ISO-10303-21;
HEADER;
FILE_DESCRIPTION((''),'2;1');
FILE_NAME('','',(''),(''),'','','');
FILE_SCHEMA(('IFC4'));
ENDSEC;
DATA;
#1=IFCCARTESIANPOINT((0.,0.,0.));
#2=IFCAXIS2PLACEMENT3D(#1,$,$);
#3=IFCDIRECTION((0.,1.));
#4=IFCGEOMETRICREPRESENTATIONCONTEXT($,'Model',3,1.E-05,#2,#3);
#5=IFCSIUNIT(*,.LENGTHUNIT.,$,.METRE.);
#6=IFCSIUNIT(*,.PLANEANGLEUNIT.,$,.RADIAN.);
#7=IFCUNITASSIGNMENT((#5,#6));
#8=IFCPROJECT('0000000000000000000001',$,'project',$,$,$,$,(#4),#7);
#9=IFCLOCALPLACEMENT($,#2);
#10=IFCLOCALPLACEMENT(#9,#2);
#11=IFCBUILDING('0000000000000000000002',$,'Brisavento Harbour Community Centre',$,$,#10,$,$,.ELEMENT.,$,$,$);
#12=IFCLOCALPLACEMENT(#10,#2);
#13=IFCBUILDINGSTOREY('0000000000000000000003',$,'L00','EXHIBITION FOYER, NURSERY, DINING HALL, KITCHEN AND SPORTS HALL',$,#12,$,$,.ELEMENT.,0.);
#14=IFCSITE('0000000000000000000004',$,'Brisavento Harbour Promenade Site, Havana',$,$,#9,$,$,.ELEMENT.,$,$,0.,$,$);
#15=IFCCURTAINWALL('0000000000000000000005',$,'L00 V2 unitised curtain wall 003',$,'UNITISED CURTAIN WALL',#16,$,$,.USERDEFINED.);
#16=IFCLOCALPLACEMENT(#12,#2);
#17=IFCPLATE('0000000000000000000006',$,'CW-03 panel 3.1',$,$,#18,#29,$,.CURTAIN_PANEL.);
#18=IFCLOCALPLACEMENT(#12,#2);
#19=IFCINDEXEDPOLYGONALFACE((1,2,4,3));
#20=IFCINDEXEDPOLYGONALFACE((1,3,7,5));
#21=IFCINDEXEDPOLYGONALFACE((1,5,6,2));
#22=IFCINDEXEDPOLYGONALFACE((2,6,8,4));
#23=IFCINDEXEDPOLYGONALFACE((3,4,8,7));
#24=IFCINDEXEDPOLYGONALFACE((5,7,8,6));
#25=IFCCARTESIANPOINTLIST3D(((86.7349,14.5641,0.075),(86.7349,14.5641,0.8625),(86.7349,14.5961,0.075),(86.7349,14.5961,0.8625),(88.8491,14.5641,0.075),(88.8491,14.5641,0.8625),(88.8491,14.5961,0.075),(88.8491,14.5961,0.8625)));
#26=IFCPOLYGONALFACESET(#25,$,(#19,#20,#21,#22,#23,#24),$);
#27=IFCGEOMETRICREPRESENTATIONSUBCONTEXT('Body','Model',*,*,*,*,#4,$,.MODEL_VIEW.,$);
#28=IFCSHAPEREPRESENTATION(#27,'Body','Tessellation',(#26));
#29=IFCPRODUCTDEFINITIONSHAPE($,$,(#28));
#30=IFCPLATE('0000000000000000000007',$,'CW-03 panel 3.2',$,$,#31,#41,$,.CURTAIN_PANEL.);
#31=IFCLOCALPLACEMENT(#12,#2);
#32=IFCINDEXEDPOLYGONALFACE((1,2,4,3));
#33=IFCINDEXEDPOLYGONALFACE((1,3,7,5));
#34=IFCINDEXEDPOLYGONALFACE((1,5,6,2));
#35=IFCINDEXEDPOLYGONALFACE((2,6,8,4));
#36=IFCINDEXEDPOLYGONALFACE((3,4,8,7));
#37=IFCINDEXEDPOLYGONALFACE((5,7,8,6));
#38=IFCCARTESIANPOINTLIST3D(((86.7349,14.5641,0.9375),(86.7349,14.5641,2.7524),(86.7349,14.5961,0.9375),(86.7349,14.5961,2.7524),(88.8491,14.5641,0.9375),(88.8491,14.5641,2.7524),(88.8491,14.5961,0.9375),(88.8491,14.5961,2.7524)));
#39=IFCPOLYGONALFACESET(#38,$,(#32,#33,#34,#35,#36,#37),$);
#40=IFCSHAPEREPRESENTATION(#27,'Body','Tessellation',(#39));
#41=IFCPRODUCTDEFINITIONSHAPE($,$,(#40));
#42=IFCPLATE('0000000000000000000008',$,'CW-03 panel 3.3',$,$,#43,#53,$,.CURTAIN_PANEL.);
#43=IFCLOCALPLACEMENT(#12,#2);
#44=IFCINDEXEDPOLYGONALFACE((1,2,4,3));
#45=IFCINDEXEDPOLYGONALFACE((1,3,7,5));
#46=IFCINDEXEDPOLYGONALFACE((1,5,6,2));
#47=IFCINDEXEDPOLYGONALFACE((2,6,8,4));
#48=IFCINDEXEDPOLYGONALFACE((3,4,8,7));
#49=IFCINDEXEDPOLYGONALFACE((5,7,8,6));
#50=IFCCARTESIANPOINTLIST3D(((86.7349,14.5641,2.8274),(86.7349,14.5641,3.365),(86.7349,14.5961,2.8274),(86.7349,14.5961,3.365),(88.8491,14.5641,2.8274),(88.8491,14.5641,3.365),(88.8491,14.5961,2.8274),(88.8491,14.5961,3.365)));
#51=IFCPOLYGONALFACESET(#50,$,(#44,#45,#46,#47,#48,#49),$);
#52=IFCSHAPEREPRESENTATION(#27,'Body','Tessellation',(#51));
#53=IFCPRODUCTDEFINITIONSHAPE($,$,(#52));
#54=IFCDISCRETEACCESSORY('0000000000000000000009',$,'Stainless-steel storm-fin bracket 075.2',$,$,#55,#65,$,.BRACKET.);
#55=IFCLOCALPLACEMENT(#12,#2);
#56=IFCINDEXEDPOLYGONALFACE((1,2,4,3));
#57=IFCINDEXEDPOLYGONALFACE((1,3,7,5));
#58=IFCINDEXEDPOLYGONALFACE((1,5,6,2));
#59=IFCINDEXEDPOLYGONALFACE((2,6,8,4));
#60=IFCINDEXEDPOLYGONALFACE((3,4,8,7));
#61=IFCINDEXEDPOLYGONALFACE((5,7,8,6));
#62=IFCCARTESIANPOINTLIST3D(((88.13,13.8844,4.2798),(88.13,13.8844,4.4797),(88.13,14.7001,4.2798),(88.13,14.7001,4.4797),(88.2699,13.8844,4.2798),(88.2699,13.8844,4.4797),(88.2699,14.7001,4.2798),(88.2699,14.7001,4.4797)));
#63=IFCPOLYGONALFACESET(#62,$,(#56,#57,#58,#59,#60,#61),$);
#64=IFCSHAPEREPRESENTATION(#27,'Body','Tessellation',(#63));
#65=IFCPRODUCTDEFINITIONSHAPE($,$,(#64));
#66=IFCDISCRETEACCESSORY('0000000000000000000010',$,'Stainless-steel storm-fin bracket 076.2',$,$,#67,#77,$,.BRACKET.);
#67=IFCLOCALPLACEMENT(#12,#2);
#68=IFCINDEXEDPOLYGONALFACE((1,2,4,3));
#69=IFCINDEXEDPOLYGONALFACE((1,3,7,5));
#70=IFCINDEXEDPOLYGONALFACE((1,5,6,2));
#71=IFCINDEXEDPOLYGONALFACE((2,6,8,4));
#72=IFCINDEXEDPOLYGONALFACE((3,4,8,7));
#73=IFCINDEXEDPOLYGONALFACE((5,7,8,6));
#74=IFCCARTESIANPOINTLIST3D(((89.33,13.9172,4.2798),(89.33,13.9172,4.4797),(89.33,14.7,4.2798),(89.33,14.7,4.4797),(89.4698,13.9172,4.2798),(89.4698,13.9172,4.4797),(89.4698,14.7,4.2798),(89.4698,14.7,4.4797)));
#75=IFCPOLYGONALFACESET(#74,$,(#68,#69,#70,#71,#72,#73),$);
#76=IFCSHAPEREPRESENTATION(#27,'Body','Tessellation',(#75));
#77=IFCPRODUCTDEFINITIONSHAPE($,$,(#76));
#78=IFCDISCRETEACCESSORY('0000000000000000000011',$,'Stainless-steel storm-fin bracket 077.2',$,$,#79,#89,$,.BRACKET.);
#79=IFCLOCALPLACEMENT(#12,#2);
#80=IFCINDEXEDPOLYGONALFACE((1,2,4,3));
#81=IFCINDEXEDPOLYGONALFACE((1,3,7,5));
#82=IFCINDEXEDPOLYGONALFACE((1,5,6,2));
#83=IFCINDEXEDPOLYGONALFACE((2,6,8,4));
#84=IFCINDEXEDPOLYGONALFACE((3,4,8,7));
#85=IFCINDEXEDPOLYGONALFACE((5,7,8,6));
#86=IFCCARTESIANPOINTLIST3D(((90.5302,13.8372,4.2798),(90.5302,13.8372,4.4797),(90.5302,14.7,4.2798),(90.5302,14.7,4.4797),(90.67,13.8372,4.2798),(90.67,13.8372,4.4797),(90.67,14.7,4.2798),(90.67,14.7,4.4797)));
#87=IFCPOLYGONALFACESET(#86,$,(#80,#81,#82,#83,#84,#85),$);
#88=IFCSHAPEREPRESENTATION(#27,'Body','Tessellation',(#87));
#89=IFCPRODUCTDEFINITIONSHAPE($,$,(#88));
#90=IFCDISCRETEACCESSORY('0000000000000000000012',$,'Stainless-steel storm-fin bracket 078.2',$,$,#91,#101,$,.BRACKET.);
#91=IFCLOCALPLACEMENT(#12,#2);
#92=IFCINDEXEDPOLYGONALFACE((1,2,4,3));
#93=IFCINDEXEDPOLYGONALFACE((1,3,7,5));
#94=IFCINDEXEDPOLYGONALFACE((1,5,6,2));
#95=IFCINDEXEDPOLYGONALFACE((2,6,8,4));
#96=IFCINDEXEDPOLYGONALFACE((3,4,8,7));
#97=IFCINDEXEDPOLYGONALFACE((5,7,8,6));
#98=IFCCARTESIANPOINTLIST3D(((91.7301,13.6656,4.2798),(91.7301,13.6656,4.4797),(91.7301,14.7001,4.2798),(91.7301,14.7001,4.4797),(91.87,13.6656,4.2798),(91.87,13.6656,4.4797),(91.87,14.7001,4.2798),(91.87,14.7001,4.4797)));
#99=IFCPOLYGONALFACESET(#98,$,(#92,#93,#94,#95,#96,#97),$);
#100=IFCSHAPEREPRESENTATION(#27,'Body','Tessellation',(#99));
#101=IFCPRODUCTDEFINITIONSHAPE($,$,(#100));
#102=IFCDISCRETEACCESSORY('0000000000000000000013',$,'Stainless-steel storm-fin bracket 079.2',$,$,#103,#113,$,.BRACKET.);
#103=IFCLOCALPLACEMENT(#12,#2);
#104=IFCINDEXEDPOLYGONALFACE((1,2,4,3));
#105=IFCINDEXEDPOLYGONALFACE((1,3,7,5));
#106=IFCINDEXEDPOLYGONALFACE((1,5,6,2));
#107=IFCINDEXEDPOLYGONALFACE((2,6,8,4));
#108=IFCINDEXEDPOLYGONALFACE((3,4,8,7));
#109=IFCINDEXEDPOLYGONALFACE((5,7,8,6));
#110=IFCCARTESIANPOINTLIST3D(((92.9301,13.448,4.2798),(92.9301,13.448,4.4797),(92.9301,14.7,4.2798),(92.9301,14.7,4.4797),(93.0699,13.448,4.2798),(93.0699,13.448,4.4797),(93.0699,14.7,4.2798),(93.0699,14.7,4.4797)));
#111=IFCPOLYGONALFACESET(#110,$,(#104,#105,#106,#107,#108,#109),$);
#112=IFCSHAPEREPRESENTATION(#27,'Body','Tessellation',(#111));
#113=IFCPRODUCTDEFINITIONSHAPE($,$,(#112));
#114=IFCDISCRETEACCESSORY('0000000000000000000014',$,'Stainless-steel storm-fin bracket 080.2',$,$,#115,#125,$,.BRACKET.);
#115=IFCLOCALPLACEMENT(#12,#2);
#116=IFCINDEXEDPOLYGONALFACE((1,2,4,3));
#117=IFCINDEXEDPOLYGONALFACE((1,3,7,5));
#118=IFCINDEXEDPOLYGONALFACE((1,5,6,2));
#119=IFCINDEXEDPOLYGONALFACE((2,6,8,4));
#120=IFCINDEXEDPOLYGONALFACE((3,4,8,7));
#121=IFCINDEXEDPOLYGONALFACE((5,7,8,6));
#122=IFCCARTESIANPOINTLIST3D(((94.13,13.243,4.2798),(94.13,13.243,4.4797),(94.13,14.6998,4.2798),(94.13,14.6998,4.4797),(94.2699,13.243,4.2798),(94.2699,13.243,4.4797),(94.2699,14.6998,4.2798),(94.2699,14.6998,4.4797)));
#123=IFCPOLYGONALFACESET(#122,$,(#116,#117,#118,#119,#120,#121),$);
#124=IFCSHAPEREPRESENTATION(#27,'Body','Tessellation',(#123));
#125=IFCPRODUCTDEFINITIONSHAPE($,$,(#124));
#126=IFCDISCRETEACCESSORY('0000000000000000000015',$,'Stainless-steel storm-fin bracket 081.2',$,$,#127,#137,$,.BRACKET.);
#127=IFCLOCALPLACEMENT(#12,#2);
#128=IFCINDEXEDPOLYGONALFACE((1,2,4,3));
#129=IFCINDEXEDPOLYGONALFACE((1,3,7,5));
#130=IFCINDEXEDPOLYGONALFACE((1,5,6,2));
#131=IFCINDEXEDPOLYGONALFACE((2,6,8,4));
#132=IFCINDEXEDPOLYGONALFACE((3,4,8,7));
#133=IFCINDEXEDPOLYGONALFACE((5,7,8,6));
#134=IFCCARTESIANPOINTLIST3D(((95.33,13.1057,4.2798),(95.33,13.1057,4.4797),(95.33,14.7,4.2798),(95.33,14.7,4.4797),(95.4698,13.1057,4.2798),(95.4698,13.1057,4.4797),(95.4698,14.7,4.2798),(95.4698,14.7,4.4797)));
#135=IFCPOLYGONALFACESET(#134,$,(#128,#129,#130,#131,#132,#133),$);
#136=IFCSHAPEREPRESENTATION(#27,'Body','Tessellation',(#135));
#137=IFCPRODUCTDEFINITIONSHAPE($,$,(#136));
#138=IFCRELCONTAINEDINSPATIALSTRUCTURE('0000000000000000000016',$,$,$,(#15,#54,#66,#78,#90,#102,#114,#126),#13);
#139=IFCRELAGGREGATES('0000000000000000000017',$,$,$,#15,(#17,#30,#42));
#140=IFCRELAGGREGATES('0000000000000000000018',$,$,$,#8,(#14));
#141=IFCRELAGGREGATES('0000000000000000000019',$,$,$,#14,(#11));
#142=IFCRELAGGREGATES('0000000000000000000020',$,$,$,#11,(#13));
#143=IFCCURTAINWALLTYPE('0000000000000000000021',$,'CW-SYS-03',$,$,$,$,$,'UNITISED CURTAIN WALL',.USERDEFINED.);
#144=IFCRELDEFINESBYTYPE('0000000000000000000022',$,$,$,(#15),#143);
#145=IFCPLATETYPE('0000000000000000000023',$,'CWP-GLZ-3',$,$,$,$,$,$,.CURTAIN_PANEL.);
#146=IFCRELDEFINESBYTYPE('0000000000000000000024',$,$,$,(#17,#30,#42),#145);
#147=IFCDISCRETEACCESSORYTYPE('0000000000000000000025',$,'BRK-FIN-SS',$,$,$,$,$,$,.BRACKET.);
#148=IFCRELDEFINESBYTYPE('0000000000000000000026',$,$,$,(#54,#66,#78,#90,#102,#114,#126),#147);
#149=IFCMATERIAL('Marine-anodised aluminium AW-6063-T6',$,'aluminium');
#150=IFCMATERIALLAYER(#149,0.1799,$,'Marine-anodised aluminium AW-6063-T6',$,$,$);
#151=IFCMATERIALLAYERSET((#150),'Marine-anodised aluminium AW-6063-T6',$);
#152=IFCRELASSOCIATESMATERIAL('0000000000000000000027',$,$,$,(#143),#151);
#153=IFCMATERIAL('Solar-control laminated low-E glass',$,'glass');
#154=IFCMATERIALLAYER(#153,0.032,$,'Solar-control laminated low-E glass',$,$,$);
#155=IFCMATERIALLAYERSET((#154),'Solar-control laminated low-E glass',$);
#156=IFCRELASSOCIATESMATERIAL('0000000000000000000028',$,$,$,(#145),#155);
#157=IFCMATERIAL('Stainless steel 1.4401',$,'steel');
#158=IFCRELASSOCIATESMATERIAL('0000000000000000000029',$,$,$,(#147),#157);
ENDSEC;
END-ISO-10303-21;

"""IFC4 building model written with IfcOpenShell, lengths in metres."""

from ifc_helpers import new_model, si_unit, direction, frame, origin, origin_2d, place, context, subcontext, project, spatial, rectangle, extrude, material, layer, layer_set, type_object, element, aggregate, save


model = new_model("IFC4")

# Units and contexts
model_context = context("Model", 3, precision=1e-05, world=origin(), true_north=direction((0.0, 1.0)))
body_context = subcontext(model_context, "Body", "Model", "MODEL_VIEW")
ifc_project = project(units=[si_unit("LENGTHUNIT", "METRE"), si_unit("PLANEANGLEUNIT", "RADIAN")], contexts=[model_context])

# Site, building, storey
site_placement = place(None, origin())
site = spatial("IfcSite", under=ifc_project, at=site_placement, Name="Brisavento Harbour Promenade Site, Havana", CompositionType="ELEMENT", RefElevation=0.0)
building_placement = place(site_placement, origin())
building = spatial("IfcBuilding", under=site, at=building_placement, Name="Brisavento Harbour Community Centre", CompositionType="ELEMENT")
storey_placement = place(building_placement, origin())
storey = spatial("IfcBuildingStorey", under=building, at=storey_placement, Name="L00", Description="EXHIBITION FOYER, NURSERY, DINING HALL, KITCHEN AND SPORTS HALL", CompositionType="ELEMENT", Elevation=0.0)

# Curtain wall, plates
ifc_material_1 = material(Name="Marine-anodised aluminium AW-6063-T6", Category="aluminium")
ifc_layer_1 = layer(ifc_material_1, 0.1799, Name="Marine-anodised aluminium AW-6063-T6")
ifc_layer_set_1 = layer_set([ifc_layer_1], Name="Marine-anodised aluminium AW-6063-T6")
curtain_wall_type = type_object("IfcCurtainWallType", Name="CW-SYS-03", ElementType="UNITISED CURTAIN WALL", PredefinedType="USERDEFINED", material=ifc_layer_set_1)
curtain_wall_placement = place(storey_placement, origin())
curtain_wall = element("IfcCurtainWall", 1, at=curtain_wall_placement, inside=storey, type_object=curtain_wall_type, Name="L00 V2 unitised curtain wall 003", ObjectType="UNITISED CURTAIN WALL", PredefinedType="USERDEFINED")
ifc_material_2 = material(Name="Solar-control laminated low-E glass", Category="glass")
ifc_layer_2 = layer(ifc_material_2, 0.032, Name="Solar-control laminated low-E glass")
ifc_layer_set_2 = layer_set([ifc_layer_2], Name="Solar-control laminated low-E glass")
plate_type = type_object("IfcPlateType", Name="CWP-GLZ-3", PredefinedType="CURTAIN_PANEL", material=ifc_layer_set_2)
plate_1_placement = place(storey_placement, frame((87.792, 14.5801, 0.075), z_axis=(0.0, 0.0, 1.0), x_axis=(-1.0, 0.0, 0.0)))
plate_1 = element("IfcPlate", 2, at=plate_1_placement, type_object=plate_type, Name="CW-03 panel 3.1", PredefinedType="CURTAIN_PANEL", context=body_context, shape_type="SweptSolid", body=[
    extrude(rectangle(XDim=2.1143, YDim=0.032, at=origin_2d()), origin(), (0.0, 0.0, 1.0), 0.7876),
])
plate_2_placement = place(storey_placement, frame((87.792, 14.5801, 0.9375), z_axis=(0.0, 0.0, 1.0), x_axis=(-1.0, 0.0, 0.0)))
plate_2 = element("IfcPlate", 3, at=plate_2_placement, type_object=plate_type, Name="CW-03 panel 3.2", PredefinedType="CURTAIN_PANEL", context=body_context, shape_type="SweptSolid", body=[
    extrude(rectangle(XDim=2.1143, YDim=0.032, at=origin_2d()), origin(), (0.0, 0.0, 1.0), 1.8149),
])
plate_3_placement = place(storey_placement, frame((87.792, 14.5801, 2.8274), z_axis=(0.0, 0.0, 1.0), x_axis=(-1.0, 0.0, 0.0)))
plate_3 = element("IfcPlate", 4, at=plate_3_placement, type_object=plate_type, Name="CW-03 panel 3.3", PredefinedType="CURTAIN_PANEL", context=body_context, shape_type="SweptSolid", body=[
    extrude(rectangle(XDim=2.1143, YDim=0.032, at=origin_2d()), origin(), (0.0, 0.0, 1.0), 0.5376),
])
aggregate(curtain_wall, [plate_1, plate_2, plate_3])

# Discrete accessories
ifc_material_3 = material(Name="Stainless steel 1.4401", Category="steel")
discrete_accessory_type = type_object("IfcDiscreteAccessoryType", Name="BRK-FIN-SS", PredefinedType="BRACKET", material=ifc_material_3)
discrete_accessory_1_placement = place(storey_placement, frame((88.2, 14.2922, 4.2798), z_axis=(0.0, 0.0, 1.0), x_axis=(0.0, -1.0, 0.0)))
element("IfcDiscreteAccessory", 5, at=discrete_accessory_1_placement, inside=storey, type_object=discrete_accessory_type, Name="Stainless-steel storm-fin bracket 075.2", PredefinedType="BRACKET", context=body_context, shape_type="SweptSolid", body=[
    extrude(rectangle(XDim=0.8157, YDim=0.1399, at=origin_2d()), origin(), (0.0, 0.0, 1.0), 0.2),
])
discrete_accessory_2_placement = place(storey_placement, frame((89.3999, 14.3086, 4.2798), z_axis=(0.0, 0.0, 1.0), x_axis=(0.0, -1.0, 0.0)))
element("IfcDiscreteAccessory", 6, at=discrete_accessory_2_placement, inside=storey, type_object=discrete_accessory_type, Name="Stainless-steel storm-fin bracket 076.2", PredefinedType="BRACKET", context=body_context, shape_type="SweptSolid", body=[
    extrude(rectangle(XDim=0.7827, YDim=0.1399, at=origin_2d()), origin(), (0.0, 0.0, 1.0), 0.2),
])
discrete_accessory_3_placement = place(storey_placement, frame((90.6001, 14.2686, 4.2798), z_axis=(0.0, 0.0, 1.0), x_axis=(0.0, -1.0, 0.0)))
element("IfcDiscreteAccessory", 7, at=discrete_accessory_3_placement, inside=storey, type_object=discrete_accessory_type, Name="Stainless-steel storm-fin bracket 077.2", PredefinedType="BRACKET", context=body_context, shape_type="SweptSolid", body=[
    extrude(rectangle(XDim=0.8628, YDim=0.1399, at=origin_2d()), origin(), (0.0, 0.0, 1.0), 0.2),
])
discrete_accessory_4_placement = place(storey_placement, frame((91.8, 14.1829, 4.2798), z_axis=(0.0, 0.0, 1.0), x_axis=(0.0, -1.0, 0.0)))
element("IfcDiscreteAccessory", 8, at=discrete_accessory_4_placement, inside=storey, type_object=discrete_accessory_type, Name="Stainless-steel storm-fin bracket 078.2", PredefinedType="BRACKET", context=body_context, shape_type="SweptSolid", body=[
    extrude(rectangle(XDim=1.0344, YDim=0.1399, at=origin_2d()), origin(), (0.0, 0.0, 1.0), 0.2),
])
discrete_accessory_5_placement = place(storey_placement, frame((93.0, 14.074, 4.2798), z_axis=(0.0, 0.0, 1.0), x_axis=(0.0, -1.0, 0.0)))
element("IfcDiscreteAccessory", 9, at=discrete_accessory_5_placement, inside=storey, type_object=discrete_accessory_type, Name="Stainless-steel storm-fin bracket 079.2", PredefinedType="BRACKET", context=body_context, shape_type="SweptSolid", body=[
    extrude(rectangle(XDim=1.252, YDim=0.1399, at=origin_2d()), origin(), (0.0, 0.0, 1.0), 0.2),
])
discrete_accessory_6_placement = place(storey_placement, frame((94.2, 13.9714, 4.2798), z_axis=(0.0, 0.0, 1.0), x_axis=(0.0, -1.0, 0.0)))
element("IfcDiscreteAccessory", 10, at=discrete_accessory_6_placement, inside=storey, type_object=discrete_accessory_type, Name="Stainless-steel storm-fin bracket 080.2", PredefinedType="BRACKET", context=body_context, shape_type="SweptSolid", body=[
    extrude(rectangle(XDim=1.4568, YDim=0.1399, at=origin_2d()), origin(), (0.0, 0.0, 1.0), 0.2),
])
discrete_accessory_7_placement = place(storey_placement, frame((95.3999, 13.9028, 4.2798), z_axis=(0.0, 0.0, 1.0), x_axis=(0.0, -1.0, 0.0)))
element("IfcDiscreteAccessory", 11, at=discrete_accessory_7_placement, inside=storey, type_object=discrete_accessory_type, Name="Stainless-steel storm-fin bracket 081.2", PredefinedType="BRACKET", context=body_context, shape_type="SweptSolid", body=[
    extrude(rectangle(XDim=1.5942, YDim=0.1399, at=origin_2d()), origin(), (0.0, 0.0, 1.0), 0.2),
])

save(model, "model.ifc")
